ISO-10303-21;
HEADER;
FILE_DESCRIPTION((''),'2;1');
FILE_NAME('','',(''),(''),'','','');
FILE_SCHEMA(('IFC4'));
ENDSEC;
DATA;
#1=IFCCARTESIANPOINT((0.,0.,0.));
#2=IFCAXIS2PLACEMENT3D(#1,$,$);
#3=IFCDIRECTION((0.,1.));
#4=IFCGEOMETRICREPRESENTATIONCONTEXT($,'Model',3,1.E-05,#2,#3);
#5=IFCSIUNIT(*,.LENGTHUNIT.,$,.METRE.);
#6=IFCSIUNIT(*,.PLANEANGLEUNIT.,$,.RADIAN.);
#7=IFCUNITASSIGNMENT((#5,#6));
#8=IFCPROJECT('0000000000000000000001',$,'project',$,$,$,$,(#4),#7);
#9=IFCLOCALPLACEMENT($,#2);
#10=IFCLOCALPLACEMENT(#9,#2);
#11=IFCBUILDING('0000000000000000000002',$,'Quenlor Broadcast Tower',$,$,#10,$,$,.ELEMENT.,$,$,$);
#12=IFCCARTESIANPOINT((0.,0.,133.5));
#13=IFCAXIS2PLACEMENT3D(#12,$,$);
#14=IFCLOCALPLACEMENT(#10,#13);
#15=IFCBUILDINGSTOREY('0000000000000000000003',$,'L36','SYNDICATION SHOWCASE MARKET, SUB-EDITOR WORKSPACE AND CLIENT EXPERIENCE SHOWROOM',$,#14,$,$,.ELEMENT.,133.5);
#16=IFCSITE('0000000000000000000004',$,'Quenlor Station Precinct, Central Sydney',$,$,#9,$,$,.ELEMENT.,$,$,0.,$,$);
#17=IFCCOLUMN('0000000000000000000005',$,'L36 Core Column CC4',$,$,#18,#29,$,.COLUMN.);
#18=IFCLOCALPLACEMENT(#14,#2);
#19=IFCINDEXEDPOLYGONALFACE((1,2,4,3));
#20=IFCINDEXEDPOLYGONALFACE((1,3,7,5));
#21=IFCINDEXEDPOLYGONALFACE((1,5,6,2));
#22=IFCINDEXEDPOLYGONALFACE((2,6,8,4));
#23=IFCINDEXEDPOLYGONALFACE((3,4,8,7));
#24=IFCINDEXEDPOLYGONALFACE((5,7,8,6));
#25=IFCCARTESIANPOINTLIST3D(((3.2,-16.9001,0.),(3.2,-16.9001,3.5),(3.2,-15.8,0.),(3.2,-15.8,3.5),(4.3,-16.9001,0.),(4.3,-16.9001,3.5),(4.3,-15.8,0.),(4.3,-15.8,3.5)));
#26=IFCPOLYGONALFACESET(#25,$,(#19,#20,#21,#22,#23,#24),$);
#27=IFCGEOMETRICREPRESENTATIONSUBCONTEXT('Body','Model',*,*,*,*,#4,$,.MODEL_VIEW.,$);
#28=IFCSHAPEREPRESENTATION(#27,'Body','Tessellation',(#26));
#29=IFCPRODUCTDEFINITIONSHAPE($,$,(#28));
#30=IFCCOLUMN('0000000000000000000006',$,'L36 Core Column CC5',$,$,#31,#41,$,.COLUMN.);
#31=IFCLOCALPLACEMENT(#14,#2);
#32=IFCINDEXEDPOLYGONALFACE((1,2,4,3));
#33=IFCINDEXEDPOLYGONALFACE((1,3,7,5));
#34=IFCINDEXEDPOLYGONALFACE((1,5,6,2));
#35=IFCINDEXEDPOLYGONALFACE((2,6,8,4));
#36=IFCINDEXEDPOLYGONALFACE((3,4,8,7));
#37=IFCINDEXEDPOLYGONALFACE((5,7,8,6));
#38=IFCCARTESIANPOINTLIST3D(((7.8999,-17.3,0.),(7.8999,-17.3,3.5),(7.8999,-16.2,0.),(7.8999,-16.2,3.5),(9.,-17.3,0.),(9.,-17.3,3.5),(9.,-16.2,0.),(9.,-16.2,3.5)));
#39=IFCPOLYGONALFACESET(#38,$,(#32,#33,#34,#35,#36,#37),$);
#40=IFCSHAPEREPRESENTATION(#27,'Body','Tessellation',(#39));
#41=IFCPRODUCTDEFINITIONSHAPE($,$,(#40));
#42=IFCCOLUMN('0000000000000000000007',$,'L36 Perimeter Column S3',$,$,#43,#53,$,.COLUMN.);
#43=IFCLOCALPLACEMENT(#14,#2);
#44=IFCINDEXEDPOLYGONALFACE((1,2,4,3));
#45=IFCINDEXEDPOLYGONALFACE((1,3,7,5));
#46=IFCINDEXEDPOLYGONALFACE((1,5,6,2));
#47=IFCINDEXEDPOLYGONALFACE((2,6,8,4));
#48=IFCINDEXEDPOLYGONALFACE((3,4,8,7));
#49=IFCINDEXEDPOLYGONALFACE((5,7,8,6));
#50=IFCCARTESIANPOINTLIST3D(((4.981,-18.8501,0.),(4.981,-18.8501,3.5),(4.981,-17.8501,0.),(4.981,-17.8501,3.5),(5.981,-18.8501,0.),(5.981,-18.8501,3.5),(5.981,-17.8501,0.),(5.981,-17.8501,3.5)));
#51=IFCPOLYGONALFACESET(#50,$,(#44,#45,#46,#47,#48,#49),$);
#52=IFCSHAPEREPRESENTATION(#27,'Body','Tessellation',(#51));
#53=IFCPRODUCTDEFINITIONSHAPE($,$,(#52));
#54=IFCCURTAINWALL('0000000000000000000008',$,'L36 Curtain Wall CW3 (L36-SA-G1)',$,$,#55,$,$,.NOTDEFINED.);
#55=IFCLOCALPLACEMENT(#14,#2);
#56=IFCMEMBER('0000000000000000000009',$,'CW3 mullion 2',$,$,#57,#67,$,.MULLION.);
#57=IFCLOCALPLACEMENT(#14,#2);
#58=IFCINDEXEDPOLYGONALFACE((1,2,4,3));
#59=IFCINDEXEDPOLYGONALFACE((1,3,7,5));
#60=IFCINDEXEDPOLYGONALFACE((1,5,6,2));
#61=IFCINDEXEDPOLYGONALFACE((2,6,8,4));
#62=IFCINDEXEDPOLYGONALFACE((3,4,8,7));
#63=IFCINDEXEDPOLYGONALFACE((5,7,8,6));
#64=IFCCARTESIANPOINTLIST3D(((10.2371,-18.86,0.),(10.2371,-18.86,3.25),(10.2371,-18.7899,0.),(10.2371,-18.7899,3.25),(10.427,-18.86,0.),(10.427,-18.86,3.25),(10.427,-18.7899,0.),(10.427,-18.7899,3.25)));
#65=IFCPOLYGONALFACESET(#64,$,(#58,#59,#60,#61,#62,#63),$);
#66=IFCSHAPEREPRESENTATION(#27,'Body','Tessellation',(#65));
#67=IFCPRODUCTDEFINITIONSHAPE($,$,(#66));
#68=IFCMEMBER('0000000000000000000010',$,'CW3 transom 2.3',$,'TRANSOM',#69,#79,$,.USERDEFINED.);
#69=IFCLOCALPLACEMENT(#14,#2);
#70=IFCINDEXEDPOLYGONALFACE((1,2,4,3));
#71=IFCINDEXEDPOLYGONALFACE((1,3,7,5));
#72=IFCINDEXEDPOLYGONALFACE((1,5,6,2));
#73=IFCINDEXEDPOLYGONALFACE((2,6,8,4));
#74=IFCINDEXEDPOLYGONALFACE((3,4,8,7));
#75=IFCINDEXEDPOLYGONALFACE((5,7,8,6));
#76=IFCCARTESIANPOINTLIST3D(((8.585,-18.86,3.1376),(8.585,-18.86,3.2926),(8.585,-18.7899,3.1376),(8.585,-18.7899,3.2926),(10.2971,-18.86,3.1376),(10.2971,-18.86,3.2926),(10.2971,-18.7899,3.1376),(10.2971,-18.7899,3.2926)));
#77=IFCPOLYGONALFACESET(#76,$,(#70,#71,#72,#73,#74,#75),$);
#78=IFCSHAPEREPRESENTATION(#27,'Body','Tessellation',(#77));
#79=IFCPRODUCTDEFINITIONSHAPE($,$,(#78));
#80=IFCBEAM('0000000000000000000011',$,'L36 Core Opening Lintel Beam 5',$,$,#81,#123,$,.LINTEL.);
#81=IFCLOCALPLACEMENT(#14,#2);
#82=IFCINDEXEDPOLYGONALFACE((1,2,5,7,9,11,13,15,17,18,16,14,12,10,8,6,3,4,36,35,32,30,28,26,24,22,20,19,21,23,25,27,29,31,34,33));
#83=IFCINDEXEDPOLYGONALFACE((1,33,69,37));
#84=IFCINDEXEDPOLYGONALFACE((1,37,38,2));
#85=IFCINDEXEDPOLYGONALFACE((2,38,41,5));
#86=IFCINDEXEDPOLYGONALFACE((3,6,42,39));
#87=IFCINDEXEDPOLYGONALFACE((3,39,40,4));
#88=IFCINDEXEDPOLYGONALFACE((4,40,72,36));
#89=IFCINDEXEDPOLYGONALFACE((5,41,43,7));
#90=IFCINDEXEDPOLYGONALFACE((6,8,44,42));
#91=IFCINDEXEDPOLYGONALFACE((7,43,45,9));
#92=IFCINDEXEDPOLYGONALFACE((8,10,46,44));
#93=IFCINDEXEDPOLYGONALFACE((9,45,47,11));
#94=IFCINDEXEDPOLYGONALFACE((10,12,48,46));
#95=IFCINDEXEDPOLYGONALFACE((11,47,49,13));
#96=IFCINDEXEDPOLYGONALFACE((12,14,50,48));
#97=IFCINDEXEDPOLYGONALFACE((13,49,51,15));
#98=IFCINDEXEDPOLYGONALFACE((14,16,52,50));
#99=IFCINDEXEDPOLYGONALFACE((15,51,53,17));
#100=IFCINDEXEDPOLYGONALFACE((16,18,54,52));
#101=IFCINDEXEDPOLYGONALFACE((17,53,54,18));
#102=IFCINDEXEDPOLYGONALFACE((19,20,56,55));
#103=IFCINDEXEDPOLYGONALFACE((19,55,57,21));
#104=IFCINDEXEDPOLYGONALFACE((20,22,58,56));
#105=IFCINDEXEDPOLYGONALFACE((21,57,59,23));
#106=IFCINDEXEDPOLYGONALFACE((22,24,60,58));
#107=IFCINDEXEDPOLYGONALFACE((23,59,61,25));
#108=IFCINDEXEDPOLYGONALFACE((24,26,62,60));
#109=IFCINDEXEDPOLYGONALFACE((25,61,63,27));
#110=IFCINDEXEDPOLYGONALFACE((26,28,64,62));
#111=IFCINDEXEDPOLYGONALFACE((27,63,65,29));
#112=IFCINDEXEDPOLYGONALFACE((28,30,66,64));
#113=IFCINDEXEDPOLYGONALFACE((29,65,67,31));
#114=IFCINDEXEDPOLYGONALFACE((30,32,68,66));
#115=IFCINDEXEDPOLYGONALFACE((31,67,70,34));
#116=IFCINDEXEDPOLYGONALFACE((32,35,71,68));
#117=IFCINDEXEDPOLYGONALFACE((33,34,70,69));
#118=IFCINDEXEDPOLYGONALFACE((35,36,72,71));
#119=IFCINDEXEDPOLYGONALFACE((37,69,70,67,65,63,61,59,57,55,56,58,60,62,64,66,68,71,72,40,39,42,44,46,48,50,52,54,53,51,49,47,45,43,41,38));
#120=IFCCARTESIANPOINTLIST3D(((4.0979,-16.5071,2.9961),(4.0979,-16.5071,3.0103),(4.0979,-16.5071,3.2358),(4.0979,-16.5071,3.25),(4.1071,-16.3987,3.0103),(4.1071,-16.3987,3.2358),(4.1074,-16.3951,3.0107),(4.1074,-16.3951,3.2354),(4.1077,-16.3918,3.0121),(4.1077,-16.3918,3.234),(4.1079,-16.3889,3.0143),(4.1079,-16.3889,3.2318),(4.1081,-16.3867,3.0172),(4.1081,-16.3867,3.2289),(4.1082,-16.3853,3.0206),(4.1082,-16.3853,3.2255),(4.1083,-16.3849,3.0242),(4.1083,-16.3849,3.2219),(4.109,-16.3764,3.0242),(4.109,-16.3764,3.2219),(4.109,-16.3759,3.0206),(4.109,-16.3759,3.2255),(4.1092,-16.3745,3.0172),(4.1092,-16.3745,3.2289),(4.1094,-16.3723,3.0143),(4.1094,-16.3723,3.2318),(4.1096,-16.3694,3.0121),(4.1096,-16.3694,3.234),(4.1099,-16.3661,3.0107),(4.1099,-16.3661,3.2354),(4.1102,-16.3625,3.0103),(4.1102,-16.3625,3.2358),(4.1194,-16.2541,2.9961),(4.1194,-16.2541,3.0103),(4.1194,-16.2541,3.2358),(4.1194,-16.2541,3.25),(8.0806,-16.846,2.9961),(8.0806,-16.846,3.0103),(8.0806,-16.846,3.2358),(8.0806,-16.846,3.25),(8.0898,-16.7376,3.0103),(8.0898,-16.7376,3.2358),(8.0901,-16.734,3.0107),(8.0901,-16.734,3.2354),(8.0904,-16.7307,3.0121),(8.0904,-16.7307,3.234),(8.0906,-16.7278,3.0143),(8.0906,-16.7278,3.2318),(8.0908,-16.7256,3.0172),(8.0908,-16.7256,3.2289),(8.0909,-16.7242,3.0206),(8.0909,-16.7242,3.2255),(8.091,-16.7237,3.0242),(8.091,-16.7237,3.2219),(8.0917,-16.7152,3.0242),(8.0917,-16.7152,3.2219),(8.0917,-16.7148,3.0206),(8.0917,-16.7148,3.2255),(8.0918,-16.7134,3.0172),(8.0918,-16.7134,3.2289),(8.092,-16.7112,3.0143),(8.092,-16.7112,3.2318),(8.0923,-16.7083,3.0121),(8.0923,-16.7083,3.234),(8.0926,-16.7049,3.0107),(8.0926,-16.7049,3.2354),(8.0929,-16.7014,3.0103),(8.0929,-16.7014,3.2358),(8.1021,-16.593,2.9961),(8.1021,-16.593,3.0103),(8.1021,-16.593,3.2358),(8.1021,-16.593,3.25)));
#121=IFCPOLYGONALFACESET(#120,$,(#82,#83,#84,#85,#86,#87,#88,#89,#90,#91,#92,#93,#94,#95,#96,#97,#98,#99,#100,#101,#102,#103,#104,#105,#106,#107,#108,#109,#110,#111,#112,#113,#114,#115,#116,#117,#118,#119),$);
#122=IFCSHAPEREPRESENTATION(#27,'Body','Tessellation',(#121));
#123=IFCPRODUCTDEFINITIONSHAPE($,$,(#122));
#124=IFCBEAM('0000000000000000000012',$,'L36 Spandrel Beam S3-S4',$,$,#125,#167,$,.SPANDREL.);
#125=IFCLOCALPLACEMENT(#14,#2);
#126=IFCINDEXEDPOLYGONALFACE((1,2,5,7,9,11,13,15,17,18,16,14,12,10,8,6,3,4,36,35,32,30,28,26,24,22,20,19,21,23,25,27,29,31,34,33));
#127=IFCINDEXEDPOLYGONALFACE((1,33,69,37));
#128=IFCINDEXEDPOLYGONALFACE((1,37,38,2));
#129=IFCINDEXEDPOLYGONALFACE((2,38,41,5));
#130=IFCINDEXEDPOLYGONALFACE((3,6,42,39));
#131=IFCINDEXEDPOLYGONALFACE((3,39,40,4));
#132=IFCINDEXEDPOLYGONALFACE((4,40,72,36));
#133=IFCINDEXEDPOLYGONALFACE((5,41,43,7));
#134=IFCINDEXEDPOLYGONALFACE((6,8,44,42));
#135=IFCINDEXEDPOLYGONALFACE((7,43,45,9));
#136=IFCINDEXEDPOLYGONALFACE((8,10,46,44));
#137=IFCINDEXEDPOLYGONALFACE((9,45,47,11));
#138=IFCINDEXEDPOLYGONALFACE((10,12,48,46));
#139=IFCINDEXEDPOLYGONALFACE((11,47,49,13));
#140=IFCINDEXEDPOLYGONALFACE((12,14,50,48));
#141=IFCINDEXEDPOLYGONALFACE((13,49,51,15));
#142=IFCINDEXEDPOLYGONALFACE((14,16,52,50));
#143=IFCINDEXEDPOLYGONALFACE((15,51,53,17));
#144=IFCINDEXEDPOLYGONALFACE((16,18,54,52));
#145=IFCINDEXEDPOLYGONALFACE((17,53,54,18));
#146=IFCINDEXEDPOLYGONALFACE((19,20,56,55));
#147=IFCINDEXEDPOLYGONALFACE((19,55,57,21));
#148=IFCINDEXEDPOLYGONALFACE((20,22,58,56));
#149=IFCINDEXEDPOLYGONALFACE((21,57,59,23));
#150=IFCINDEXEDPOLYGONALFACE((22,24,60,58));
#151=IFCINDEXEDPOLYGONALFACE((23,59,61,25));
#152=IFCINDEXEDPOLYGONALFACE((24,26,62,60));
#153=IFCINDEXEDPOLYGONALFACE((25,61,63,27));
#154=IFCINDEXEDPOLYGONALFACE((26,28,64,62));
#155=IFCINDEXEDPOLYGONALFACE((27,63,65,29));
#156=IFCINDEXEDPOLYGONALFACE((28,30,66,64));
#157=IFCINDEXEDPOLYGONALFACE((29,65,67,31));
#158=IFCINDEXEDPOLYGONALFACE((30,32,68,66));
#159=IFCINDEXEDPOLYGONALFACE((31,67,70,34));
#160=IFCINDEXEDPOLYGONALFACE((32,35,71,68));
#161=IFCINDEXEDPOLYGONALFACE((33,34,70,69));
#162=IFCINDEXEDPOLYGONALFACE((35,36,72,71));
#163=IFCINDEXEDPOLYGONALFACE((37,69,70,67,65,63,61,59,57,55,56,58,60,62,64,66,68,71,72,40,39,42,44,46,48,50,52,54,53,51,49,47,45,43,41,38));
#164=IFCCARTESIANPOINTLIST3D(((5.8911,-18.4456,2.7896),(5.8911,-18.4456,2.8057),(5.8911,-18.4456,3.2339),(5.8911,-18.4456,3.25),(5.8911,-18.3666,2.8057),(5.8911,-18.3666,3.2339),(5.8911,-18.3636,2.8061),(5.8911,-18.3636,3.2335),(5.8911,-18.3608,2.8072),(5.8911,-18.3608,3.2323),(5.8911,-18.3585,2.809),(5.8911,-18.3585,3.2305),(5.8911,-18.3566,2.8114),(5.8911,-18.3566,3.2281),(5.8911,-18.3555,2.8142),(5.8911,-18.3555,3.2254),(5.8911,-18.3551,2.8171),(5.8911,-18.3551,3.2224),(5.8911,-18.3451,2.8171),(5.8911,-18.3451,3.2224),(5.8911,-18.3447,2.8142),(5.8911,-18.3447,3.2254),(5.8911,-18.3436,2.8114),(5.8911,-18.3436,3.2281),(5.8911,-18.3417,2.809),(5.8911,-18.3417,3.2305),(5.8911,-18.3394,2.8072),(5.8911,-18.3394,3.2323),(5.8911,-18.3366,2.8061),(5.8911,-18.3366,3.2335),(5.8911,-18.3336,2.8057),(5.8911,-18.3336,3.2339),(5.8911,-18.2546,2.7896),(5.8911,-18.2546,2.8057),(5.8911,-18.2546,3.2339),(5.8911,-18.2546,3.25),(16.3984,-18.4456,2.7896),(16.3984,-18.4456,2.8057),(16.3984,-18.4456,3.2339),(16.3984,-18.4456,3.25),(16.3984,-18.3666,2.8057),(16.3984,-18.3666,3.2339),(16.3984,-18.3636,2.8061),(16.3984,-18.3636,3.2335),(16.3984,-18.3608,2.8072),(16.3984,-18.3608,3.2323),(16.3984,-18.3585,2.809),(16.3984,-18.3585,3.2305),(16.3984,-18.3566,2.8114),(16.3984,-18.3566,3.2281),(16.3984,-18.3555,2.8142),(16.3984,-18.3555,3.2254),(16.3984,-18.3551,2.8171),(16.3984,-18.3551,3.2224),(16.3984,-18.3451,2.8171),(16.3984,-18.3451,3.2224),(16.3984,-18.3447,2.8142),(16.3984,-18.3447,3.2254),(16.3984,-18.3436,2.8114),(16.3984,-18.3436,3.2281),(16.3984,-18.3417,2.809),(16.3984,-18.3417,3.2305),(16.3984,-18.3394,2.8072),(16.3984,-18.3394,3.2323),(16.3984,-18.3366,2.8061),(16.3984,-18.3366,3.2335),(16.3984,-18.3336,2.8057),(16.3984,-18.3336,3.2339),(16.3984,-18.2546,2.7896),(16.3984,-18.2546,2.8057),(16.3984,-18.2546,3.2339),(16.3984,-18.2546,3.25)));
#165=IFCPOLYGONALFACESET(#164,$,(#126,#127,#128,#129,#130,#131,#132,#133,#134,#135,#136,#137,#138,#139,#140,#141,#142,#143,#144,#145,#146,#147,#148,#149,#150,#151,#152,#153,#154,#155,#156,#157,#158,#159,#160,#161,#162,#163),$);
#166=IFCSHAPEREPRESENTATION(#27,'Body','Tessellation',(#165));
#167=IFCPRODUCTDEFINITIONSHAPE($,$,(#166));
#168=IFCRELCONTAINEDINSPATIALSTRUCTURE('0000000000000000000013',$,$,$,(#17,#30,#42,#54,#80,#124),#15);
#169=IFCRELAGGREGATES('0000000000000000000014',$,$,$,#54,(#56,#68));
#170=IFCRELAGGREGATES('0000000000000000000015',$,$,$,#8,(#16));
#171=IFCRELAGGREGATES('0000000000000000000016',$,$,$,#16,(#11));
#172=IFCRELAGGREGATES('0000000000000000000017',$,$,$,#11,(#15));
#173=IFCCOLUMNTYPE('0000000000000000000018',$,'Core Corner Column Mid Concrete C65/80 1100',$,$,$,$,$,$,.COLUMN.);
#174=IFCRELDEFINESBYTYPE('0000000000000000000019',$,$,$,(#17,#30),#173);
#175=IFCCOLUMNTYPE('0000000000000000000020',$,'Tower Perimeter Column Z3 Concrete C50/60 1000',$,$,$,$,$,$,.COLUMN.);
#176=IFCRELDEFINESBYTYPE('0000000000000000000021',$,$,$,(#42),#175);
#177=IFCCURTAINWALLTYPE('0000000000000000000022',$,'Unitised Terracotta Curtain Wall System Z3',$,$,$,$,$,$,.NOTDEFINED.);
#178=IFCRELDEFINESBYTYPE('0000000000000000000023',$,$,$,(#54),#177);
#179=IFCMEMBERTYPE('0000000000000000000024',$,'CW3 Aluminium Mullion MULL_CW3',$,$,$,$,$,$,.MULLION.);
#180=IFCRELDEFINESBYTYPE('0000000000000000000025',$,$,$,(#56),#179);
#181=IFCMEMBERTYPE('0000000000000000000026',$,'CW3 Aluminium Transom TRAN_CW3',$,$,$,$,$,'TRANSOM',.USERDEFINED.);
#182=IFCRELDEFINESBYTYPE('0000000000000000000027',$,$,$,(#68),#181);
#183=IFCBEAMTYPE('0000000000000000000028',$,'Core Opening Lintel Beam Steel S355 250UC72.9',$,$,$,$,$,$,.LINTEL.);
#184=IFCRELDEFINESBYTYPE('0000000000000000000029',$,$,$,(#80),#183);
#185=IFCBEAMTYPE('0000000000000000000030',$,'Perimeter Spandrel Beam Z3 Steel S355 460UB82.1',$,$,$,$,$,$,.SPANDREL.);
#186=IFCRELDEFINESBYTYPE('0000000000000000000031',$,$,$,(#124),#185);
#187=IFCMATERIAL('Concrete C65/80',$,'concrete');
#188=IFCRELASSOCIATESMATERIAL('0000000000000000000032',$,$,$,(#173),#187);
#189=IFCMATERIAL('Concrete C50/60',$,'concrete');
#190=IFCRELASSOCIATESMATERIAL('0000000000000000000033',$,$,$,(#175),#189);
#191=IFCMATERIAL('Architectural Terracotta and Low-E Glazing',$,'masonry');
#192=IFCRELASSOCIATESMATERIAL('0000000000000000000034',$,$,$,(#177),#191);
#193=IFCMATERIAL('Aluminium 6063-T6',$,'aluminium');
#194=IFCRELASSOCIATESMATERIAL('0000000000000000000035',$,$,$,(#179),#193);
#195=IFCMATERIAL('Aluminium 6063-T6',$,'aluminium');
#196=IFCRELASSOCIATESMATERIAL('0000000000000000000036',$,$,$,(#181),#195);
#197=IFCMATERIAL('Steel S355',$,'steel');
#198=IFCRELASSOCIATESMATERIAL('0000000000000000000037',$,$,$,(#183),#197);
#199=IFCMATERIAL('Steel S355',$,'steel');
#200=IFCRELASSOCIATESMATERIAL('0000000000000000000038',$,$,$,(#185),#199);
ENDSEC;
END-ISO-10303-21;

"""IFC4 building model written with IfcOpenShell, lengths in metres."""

from ifc_helpers import new_model, si_unit, direction, frame, origin, origin_2d, place, context, subcontext, project, spatial, rectangle, i_section, extrude, material, material_profile, profile_set, type_object, element, aggregate, save


model = new_model("IFC4")

# Units and contexts
model_context = context("Model", 3, precision=1e-05, world=origin(), true_north=direction((0.0, 1.0)))
body_context = subcontext(model_context, "Body", "Model", "MODEL_VIEW")
ifc_project = project(units=[si_unit("LENGTHUNIT", "METRE"), si_unit("PLANEANGLEUNIT", "RADIAN")], contexts=[model_context])

# Site, building, storey
site_placement = place(None, origin())
site = spatial("IfcSite", under=ifc_project, at=site_placement, Name="Quenlor Station Precinct, Central Sydney", CompositionType="ELEMENT", RefElevation=0.0)
building_placement = place(site_placement, origin())
building = spatial("IfcBuilding", under=site, at=building_placement, Name="Quenlor Broadcast Tower", CompositionType="ELEMENT")
storey_placement = place(building_placement, frame((0.0, 0.0, 133.5)))
storey = spatial("IfcBuildingStorey", under=building, at=storey_placement, Name="L36", Description="SYNDICATION SHOWCASE MARKET, SUB-EDITOR WORKSPACE AND CLIENT EXPERIENCE SHOWROOM", CompositionType="ELEMENT", Elevation=133.5)

# Columns
ifc_material_1 = material(Name="Concrete C65/80", Category="concrete")
ifc_material_profile_1 = material_profile(ifc_material_1, rectangle(XDim=1.1001, YDim=1.1001, at=origin_2d()))
ifc_profile_set_1 = profile_set([ifc_material_profile_1], Name="Concrete C65/80 RC1100x1100")
column_type_1 = type_object("IfcColumnType", Name="Core Corner Column Mid Concrete C65/80 1100", PredefinedType="COLUMN", material=ifc_profile_set_1)
for number, where, z_axis, x_axis, name in (
    (1, (3.75, -16.3501, 0.0), (0.0, 0.0, 1.0), (1.0, 0.0, 0.0), "L36 Core Column CC4"),
    (2, (8.45, -16.75, 0.0), (0.0, 0.0, 1.0), (1.0, 0.0, 0.0), "L36 Core Column CC5"),
):
    element("IfcColumn", number, at=place(storey_placement, frame(where, z_axis=z_axis, x_axis=x_axis)), inside=storey, type_object=column_type_1, Name=name, PredefinedType="COLUMN", context=body_context, shape_type="SweptSolid", body=[
        extrude(rectangle(XDim=1.1001, YDim=1.1001, at=origin_2d()), origin(), (0.0, 0.0, 1.0), 3.5),
    ])
ifc_material_2 = material(Name="Concrete C50/60", Category="concrete")
ifc_material_profile_2 = material_profile(ifc_material_2, rectangle(XDim=1.0, YDim=1.0, at=origin_2d()))
ifc_profile_set_2 = profile_set([ifc_material_profile_2], Name="Concrete C50/60 RC1000x1000")
column_type_2 = type_object("IfcColumnType", Name="Tower Perimeter Column Z3 Concrete C50/60 1000", PredefinedType="COLUMN", material=ifc_profile_set_2)
column_placement = place(storey_placement, frame((5.481, -18.3501, 0.0), z_axis=(0.0, 0.0, 1.0), x_axis=(0.0, 1.0, 0.0)))
element("IfcColumn", 3, at=column_placement, inside=storey, type_object=column_type_2, Name="L36 Perimeter Column S3", PredefinedType="COLUMN", context=body_context, shape_type="SweptSolid", body=[
    extrude(rectangle(XDim=1.0, YDim=1.0, at=origin_2d()), origin(), (0.0, 0.0, 1.0), 3.5),
])

# Curtain wall, members
ifc_material_3 = material(Name="Architectural Terracotta and Low-E Glazing", Category="masonry")
curtain_wall_type = type_object("IfcCurtainWallType", Name="Unitised Terracotta Curtain Wall System Z3", PredefinedType="NOTDEFINED", material=ifc_material_3)
curtain_wall_placement = place(storey_placement, origin())
curtain_wall = element("IfcCurtainWall", 4, at=curtain_wall_placement, inside=storey, type_object=curtain_wall_type, Name="L36 Curtain Wall CW3 (L36-SA-G1)", PredefinedType="NOTDEFINED")
ifc_material_4 = material(Name="Aluminium 6063-T6", Category="aluminium")
ifc_material_profile_3 = material_profile(ifc_material_4, rectangle(XDim=0.0701, YDim=0.1899, at=origin_2d()))
ifc_profile_set_3 = profile_set([ifc_material_profile_3], Name="Aluminium 6063-T6 MULL70x190")
member_type_1 = type_object("IfcMemberType", Name="CW3 Aluminium Mullion MULL_CW3", PredefinedType="MULLION", material=ifc_profile_set_3)
member_1_placement = place(storey_placement, frame((10.332, -18.825, 0.0), z_axis=(0.0, 0.0, 1.0), x_axis=(0.0, -1.0, 0.0)))
member_1 = element("IfcMember", 5, at=member_1_placement, type_object=member_type_1, Name="CW3 mullion 2", PredefinedType="MULLION", context=body_context, shape_type="SweptSolid", body=[
    extrude(rectangle(XDim=0.0701, YDim=0.1899, at=origin_2d()), origin(), (0.0, 0.0, 1.0), 3.25),
])
ifc_material_5 = material(Name="Aluminium 6063-T6", Category="aluminium")
ifc_material_profile_4 = material_profile(ifc_material_5, rectangle(XDim=0.0701, YDim=0.155, at=origin_2d()))
ifc_profile_set_4 = profile_set([ifc_material_profile_4], Name="Aluminium 6063-T6 TRAN70x155")
member_type_2 = type_object("IfcMemberType", Name="CW3 Aluminium Transom TRAN_CW3", ElementType="TRANSOM", PredefinedType="USERDEFINED", material=ifc_profile_set_4)
member_2_placement = place(storey_placement, frame((10.2971, -18.825, 3.2151), z_axis=(-1.0, 0.0, 0.0), x_axis=(0.0, -1.0, 0.0)))
member_2 = element("IfcMember", 6, at=member_2_placement, type_object=member_type_2, Name="CW3 transom 2.3", ObjectType="TRANSOM", PredefinedType="USERDEFINED", context=body_context, shape_type="SweptSolid", body=[
    extrude(rectangle(XDim=0.0701, YDim=0.155, at=origin_2d()), origin(), (0.0, 0.0, 1.0), 1.7122),
])

# Beams
ifc_material_6 = material(Name="Steel S355", Category="steel")
ifc_material_profile_5 = material_profile(ifc_material_6, i_section(OverallWidth=0.2539, OverallDepth=0.2539, WebThickness=0.0085, FlangeThickness=0.0142, FilletRadius=0.0139, at=origin_2d()))
ifc_profile_set_5 = profile_set([ifc_material_profile_5], Name="Steel S355 250UC72.9")
beam_type_1 = type_object("IfcBeamType", Name="Core Opening Lintel Beam Steel S355 250UC72.9", PredefinedType="LINTEL", material=ifc_profile_set_5)
beam_1_placement = place(storey_placement, frame((4.1086, -16.3806, 3.123), z_axis=(0.9964, -0.084779, 0.0), x_axis=(0.084779, 0.9964, 0.0)))
element("IfcBeam", 7, at=beam_1_placement, inside=storey, type_object=beam_type_1, Name="L36 Core Opening Lintel Beam 5", PredefinedType="LINTEL", context=body_context, shape_type="SweptSolid", body=[
    extrude(i_section(OverallWidth=0.2539, OverallDepth=0.2539, WebThickness=0.0085, FlangeThickness=0.0142, FilletRadius=0.0139, at=origin_2d()), origin(), (0.0, 0.0, 1.0), 3.9971),
])
ifc_material_7 = material(Name="Steel S355", Category="steel")
ifc_material_profile_6 = material_profile(ifc_material_7, i_section(OverallWidth=0.1909, OverallDepth=0.4604, WebThickness=0.01, FlangeThickness=0.0161, FilletRadius=0.0115, at=origin_2d()))
ifc_profile_set_6 = profile_set([ifc_material_profile_6], Name="Steel S355 460UB82.1")
beam_type_2 = type_object("IfcBeamType", Name="Perimeter Spandrel Beam Z3 Steel S355 460UB82.1", PredefinedType="SPANDREL", material=ifc_profile_set_6)
beam_2_placement = place(storey_placement, frame((5.8911, -18.3501, 3.0198), z_axis=(1.0, 0.0, 0.0), x_axis=(0.0, 1.0, 0.0)))
element("IfcBeam", 8, at=beam_2_placement, inside=storey, type_object=beam_type_2, Name="L36 Spandrel Beam S3-S4", PredefinedType="SPANDREL", context=body_context, shape_type="SweptSolid", body=[
    extrude(i_section(OverallWidth=0.1909, OverallDepth=0.4604, WebThickness=0.01, FlangeThickness=0.0161, FilletRadius=0.0115, at=origin_2d()), origin(), (0.0, 0.0, 1.0), 10.5073),
])

aggregate(curtain_wall, [member_1, member_2])

save(model, "model.ifc")
